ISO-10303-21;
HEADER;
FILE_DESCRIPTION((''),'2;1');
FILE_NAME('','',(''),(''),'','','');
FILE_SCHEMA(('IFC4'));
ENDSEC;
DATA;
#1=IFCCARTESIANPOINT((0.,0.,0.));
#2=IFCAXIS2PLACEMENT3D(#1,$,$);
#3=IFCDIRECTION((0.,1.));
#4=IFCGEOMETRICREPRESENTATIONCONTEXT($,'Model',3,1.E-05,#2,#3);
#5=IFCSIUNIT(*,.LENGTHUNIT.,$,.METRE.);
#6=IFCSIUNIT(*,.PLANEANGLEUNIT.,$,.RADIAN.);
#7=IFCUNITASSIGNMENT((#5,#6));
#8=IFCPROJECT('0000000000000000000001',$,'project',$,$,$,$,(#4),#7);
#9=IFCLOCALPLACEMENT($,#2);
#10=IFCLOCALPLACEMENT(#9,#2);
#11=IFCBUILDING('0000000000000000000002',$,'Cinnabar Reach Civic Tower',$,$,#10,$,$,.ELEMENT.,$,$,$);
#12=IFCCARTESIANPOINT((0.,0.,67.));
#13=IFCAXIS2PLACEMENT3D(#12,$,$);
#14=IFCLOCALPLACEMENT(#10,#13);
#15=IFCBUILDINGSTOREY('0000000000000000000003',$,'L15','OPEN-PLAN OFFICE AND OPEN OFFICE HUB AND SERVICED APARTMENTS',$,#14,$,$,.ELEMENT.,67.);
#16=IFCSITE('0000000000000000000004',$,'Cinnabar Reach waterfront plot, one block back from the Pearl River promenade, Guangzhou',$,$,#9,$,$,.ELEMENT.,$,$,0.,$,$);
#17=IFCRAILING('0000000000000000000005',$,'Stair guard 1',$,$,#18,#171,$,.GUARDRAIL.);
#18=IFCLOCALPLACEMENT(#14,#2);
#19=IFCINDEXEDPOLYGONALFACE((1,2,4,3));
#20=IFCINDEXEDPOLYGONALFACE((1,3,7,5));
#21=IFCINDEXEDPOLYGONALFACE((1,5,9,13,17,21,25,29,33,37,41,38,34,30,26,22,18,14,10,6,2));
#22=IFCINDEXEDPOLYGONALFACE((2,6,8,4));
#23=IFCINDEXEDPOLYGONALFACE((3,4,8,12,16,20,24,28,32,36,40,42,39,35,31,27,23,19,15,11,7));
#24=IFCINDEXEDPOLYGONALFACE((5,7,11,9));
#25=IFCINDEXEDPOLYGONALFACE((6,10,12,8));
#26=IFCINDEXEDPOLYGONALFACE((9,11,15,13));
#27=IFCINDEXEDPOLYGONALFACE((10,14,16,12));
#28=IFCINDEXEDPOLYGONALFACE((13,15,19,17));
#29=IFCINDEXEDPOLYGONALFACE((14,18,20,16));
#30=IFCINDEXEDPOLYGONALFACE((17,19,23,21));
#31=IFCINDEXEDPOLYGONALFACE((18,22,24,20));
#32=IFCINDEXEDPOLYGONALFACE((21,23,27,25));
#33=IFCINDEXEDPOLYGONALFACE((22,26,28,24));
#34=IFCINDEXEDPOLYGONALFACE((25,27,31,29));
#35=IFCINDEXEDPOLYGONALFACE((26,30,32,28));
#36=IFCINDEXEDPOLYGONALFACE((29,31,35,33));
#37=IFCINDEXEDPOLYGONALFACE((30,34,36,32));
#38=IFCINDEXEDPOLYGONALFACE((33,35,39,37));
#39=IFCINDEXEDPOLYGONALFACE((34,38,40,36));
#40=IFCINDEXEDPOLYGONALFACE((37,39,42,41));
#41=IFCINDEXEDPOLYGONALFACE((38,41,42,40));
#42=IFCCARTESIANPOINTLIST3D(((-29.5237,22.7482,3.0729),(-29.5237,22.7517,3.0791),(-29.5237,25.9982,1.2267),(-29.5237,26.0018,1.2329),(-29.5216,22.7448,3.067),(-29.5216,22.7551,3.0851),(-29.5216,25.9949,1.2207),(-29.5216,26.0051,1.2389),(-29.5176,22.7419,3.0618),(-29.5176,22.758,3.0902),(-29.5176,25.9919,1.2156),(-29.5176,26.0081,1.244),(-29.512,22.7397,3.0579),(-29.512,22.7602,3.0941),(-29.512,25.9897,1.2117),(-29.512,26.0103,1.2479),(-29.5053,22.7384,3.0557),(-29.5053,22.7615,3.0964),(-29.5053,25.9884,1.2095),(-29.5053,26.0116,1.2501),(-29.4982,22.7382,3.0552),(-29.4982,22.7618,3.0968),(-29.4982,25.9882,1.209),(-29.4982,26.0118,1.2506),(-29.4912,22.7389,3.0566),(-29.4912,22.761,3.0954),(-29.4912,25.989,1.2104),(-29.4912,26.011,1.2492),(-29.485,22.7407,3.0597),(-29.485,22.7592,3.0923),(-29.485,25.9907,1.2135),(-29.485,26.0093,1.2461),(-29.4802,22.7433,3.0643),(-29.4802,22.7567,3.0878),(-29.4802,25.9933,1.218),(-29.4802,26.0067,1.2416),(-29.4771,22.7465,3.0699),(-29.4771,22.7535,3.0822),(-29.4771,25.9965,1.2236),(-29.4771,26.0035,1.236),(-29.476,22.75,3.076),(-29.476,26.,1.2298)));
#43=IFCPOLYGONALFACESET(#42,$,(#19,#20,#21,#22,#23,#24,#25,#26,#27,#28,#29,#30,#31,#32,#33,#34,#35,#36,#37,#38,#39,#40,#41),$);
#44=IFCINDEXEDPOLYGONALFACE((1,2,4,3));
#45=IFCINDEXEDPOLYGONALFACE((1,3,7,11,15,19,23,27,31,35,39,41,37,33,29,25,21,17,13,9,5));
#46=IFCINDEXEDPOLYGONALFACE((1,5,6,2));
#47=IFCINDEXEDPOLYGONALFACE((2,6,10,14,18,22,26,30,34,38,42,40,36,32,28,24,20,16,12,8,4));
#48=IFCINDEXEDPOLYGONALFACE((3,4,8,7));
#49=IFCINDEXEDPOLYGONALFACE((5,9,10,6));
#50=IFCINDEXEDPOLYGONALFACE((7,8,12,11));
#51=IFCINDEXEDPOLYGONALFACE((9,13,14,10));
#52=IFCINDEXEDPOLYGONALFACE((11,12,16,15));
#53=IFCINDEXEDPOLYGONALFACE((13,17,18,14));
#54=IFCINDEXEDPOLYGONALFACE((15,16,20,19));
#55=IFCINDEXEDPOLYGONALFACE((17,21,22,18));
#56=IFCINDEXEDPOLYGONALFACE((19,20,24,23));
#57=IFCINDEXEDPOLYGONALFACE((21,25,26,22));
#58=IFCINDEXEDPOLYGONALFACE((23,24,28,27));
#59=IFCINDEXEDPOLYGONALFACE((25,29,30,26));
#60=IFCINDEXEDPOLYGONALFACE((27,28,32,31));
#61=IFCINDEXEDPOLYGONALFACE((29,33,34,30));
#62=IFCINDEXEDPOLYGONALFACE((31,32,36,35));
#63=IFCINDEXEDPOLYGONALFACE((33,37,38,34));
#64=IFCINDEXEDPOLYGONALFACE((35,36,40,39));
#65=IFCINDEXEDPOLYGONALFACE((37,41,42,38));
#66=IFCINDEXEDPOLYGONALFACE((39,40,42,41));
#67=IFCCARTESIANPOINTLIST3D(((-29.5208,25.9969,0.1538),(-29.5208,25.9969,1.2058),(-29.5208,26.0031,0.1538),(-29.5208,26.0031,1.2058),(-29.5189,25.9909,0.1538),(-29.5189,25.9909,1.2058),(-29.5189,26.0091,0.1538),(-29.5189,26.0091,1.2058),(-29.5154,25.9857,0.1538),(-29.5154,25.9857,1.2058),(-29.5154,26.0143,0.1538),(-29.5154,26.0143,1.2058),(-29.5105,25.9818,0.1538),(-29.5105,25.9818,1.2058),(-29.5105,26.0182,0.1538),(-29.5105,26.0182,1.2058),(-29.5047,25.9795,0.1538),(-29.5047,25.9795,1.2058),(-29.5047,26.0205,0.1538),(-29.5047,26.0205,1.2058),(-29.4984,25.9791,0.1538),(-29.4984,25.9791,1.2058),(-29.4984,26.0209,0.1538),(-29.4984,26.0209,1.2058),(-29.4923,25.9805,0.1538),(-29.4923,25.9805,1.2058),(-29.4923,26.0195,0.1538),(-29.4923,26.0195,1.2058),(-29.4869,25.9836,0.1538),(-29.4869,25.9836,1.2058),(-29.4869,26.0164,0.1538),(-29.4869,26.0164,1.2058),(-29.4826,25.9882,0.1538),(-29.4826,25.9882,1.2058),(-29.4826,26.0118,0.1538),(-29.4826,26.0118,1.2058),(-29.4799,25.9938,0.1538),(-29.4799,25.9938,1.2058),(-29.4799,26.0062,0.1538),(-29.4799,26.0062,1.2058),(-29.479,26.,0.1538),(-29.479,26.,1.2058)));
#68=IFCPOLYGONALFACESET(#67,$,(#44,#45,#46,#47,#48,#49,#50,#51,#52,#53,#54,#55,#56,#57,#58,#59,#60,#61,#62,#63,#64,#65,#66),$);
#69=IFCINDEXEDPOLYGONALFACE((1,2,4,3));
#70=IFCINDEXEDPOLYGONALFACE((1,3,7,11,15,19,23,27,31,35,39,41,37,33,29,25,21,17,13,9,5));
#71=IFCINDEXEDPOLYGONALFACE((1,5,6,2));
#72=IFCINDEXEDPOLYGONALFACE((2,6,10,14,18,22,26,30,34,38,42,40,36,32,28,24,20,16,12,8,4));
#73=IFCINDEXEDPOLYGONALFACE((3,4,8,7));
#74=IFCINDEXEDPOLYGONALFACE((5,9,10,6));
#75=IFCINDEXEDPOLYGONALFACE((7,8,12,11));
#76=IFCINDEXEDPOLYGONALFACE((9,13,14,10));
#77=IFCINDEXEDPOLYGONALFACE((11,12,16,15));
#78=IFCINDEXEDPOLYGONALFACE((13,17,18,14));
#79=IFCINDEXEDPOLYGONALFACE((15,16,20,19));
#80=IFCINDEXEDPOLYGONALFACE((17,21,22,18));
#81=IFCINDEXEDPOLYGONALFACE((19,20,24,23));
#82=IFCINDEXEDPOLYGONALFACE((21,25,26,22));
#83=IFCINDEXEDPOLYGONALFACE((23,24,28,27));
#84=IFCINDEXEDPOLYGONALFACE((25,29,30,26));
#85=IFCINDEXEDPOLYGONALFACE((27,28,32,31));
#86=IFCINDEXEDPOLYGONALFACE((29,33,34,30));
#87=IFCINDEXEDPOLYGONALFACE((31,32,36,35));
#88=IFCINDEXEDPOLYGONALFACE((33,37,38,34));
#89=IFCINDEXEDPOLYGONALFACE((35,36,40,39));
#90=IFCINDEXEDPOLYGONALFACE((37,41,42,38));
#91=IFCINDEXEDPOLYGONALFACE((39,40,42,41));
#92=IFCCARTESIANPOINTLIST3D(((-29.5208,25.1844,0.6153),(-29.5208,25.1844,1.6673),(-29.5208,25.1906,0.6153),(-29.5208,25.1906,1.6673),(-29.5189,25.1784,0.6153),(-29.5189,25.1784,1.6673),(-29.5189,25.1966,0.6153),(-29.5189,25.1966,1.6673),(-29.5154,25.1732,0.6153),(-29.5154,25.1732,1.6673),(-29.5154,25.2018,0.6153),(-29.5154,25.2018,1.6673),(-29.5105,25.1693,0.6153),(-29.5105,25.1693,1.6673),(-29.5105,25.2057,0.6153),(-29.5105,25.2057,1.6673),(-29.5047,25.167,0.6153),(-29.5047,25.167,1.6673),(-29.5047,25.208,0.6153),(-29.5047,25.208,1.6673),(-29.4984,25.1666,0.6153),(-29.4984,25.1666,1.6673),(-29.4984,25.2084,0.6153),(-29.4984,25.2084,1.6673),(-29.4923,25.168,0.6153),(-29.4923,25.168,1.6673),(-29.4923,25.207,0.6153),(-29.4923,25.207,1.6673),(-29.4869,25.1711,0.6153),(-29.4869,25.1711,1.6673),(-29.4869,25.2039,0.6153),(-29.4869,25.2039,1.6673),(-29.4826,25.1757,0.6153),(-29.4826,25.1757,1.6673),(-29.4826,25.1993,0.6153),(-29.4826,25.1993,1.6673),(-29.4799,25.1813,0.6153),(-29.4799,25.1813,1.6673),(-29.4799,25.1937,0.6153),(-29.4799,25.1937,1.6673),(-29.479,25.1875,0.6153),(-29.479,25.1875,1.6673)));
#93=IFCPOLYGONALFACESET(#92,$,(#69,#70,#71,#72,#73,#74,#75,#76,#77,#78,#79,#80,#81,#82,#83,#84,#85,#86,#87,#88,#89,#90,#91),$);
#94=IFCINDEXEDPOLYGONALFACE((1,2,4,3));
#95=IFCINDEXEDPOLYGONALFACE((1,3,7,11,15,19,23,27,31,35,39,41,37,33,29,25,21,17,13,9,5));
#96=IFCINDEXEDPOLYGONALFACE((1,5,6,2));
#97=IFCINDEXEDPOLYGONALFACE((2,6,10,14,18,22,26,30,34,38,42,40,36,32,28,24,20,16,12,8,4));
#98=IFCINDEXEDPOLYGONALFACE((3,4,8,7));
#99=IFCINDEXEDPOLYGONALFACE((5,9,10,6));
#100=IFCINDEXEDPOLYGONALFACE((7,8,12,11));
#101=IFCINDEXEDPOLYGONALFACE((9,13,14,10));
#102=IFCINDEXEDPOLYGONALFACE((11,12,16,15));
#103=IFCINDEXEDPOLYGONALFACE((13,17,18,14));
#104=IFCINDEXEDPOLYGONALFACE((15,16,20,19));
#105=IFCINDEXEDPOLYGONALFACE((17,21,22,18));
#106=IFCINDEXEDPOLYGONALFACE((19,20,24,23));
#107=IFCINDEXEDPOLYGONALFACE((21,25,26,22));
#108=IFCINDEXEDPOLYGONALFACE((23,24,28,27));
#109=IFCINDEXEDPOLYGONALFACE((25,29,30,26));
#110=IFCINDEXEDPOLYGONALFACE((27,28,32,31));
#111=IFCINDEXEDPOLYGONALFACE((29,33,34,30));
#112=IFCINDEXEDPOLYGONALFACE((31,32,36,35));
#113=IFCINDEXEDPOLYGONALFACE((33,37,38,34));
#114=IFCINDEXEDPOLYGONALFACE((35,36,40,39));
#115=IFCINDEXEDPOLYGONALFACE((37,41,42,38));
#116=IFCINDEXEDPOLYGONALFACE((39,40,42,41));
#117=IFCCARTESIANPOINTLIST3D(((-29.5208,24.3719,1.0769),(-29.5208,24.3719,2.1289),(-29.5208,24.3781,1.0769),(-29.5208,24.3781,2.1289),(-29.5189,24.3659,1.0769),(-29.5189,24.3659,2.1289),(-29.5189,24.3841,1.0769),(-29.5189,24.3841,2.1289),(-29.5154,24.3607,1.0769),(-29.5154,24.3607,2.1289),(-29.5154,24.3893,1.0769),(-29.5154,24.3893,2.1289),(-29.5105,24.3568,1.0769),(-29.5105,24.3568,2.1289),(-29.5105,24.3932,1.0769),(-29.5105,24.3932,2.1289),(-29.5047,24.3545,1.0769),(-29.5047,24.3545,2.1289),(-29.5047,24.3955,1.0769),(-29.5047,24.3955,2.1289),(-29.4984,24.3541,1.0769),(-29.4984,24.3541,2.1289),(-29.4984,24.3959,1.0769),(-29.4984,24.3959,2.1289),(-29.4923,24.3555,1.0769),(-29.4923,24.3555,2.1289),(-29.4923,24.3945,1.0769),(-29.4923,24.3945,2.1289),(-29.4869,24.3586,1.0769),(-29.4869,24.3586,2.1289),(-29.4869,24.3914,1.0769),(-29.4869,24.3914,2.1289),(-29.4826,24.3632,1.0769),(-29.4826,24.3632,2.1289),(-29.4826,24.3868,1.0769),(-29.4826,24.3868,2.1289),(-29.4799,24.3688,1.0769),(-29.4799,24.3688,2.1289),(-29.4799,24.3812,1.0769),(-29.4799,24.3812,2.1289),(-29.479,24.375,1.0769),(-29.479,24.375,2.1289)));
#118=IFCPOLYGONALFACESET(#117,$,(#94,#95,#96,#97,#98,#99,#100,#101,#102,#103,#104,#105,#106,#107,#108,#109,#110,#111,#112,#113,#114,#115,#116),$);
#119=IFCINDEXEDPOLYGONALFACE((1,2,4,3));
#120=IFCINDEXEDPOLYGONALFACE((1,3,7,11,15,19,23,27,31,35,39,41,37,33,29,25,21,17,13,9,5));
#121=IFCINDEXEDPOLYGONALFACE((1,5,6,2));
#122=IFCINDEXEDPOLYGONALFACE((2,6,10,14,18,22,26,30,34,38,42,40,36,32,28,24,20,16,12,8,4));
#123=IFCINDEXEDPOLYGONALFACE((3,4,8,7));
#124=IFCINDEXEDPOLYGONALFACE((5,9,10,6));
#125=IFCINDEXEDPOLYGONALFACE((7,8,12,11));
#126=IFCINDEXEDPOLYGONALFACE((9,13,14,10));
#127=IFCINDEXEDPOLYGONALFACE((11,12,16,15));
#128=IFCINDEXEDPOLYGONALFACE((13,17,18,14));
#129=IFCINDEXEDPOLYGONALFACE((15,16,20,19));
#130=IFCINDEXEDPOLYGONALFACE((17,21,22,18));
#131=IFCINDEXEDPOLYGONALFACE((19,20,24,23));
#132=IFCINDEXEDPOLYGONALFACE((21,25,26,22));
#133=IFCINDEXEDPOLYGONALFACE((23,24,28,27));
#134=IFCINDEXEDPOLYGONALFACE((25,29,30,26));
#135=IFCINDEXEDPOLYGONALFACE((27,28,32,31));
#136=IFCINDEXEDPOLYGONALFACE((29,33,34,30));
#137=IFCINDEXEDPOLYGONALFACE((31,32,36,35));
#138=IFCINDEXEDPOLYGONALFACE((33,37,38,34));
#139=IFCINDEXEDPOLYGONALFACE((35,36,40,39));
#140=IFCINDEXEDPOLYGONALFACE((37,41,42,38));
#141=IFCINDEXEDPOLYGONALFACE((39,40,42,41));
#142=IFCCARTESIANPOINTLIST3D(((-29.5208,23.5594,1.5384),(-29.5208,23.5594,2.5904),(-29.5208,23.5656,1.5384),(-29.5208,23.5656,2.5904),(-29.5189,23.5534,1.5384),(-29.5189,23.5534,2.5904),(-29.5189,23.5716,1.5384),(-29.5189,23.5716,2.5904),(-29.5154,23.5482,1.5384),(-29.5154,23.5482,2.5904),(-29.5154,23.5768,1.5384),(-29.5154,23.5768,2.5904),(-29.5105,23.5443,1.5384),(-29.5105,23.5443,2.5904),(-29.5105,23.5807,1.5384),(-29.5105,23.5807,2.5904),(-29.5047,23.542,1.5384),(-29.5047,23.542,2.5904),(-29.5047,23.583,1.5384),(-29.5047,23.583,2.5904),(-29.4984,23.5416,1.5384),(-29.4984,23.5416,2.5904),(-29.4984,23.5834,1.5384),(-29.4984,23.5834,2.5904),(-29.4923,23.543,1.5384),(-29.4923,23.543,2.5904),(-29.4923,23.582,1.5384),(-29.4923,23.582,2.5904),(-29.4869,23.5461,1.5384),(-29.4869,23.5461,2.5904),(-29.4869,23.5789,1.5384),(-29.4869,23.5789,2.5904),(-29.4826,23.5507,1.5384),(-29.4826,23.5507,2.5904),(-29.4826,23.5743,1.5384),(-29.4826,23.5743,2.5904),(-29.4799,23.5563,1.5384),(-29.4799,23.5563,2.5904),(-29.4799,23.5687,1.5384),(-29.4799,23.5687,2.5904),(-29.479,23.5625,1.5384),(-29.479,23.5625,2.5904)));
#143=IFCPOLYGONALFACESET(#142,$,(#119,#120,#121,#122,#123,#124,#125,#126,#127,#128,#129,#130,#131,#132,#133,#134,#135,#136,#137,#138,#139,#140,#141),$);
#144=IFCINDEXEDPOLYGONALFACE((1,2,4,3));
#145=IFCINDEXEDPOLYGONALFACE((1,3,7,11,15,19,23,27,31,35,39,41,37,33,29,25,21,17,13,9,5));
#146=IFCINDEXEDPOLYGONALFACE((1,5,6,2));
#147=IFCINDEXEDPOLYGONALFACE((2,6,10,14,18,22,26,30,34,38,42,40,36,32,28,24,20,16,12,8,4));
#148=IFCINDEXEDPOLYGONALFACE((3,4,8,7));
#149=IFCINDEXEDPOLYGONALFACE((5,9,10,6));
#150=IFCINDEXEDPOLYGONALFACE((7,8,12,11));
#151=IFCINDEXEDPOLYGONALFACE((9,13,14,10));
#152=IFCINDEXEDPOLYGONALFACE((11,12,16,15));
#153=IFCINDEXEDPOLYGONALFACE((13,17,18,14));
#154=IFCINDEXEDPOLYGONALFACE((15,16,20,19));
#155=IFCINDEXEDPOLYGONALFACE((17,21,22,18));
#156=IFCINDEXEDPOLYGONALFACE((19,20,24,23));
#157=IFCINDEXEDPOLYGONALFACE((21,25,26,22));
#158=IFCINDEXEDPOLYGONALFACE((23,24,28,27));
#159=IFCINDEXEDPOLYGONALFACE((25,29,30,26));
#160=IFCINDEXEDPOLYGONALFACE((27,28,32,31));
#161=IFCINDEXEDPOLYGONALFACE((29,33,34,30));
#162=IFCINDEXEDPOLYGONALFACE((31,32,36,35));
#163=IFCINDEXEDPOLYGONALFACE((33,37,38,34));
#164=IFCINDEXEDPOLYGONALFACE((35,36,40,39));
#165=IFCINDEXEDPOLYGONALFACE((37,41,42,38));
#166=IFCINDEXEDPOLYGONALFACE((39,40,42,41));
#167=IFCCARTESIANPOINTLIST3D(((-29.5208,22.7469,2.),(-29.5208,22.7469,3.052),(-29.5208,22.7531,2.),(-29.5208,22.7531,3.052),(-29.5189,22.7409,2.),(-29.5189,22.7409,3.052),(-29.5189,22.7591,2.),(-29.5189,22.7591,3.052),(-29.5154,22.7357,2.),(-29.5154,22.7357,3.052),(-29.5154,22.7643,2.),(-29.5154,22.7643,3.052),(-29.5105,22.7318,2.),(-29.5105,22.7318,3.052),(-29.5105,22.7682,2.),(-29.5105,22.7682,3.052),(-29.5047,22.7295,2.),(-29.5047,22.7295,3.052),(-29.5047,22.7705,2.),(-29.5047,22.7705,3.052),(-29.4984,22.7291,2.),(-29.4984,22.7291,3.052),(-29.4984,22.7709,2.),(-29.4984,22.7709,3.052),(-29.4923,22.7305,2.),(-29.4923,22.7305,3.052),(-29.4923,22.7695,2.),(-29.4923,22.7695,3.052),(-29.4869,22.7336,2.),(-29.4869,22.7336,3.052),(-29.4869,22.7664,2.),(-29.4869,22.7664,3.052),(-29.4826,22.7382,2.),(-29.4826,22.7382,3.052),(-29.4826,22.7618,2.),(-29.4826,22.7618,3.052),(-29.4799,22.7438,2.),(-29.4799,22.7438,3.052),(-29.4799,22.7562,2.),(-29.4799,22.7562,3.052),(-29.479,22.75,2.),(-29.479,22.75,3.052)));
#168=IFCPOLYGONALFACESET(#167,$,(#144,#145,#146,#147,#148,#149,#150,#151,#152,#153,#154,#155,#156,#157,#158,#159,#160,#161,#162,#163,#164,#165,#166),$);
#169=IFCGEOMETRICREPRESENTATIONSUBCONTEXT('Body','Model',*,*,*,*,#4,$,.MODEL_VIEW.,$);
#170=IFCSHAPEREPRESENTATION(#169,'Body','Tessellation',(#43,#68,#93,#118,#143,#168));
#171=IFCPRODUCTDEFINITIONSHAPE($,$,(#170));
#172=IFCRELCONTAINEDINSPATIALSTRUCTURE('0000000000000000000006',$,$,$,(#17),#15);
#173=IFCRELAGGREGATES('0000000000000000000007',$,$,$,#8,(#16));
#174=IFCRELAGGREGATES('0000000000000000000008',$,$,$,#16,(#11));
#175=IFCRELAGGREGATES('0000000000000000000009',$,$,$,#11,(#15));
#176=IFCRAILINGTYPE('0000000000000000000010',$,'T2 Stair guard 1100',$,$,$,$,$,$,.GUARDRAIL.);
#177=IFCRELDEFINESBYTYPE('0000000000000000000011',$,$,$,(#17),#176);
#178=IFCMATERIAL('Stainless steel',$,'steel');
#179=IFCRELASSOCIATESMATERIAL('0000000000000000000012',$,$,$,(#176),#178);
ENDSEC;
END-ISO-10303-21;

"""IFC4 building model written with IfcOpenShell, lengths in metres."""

from ifc_helpers import new_model, si_unit, direction, frame, origin, origin_2d, place, context, subcontext, project, spatial, circle, extrude, material, type_object, element, save


model = new_model("IFC4")

# Units and contexts
model_context = context("Model", 3, precision=1e-05, world=origin(), true_north=direction((0.0, 1.0)))
body_context = subcontext(model_context, "Body", "Model", "MODEL_VIEW")
ifc_project = project(units=[si_unit("LENGTHUNIT", "METRE"), si_unit("PLANEANGLEUNIT", "RADIAN")], contexts=[model_context])

# Site, building, storey
site_placement = place(None, origin())
site = spatial("IfcSite", under=ifc_project, at=site_placement, Name="Cinnabar Reach waterfront plot, one block back from the Pearl River promenade, Guangzhou", CompositionType="ELEMENT", RefElevation=0.0)
building_placement = place(site_placement, origin())
building = spatial("IfcBuilding", under=site, at=building_placement, Name="Cinnabar Reach Civic Tower", CompositionType="ELEMENT")
storey_placement = place(building_placement, frame((0.0, 0.0, 67.0)))
storey = spatial("IfcBuildingStorey", under=building, at=storey_placement, Name="L15", Description="OPEN-PLAN OFFICE AND OPEN OFFICE HUB AND SERVICED APARTMENTS", CompositionType="ELEMENT", Elevation=67.0)

# Railing
ifc_material_1 = material(Name="Stainless steel", Category="steel")
railing_type = type_object("IfcRailingType", Name="T2 Stair guard 1100", PredefinedType="GUARDRAIL", material=ifc_material_1)
railing_1_placement = place(storey_placement, frame((-29.5, 26.0, 0.1538)))
element("IfcRailing", 1, at=railing_1_placement, inside=storey, type_object=railing_type, Name="Stair guard 1", PredefinedType="GUARDRAIL", context=body_context, shape_type="SweptSolid", body=[
    extrude(circle(Radius=0.024, at=origin_2d()), frame((0.0, 0.0, 1.076), z_axis=(0.0, -0.869501, 0.49393), x_axis=(1.0, 0.0, 0.0)), (0.0, 0.0, 1.0), 3.7378),
    extrude(circle(Radius=0.021, at=origin_2d()), origin(), (0.0, 0.0, 1.0), 1.052),
    extrude(circle(Radius=0.021, at=origin_2d()), frame((0.0, -0.8125, 0.4615)), (0.0, 0.0, 1.0), 1.052),
    extrude(circle(Radius=0.021, at=origin_2d()), frame((0.0, -1.625, 0.9231)), (0.0, 0.0, 1.0), 1.052),
    extrude(circle(Radius=0.021, at=origin_2d()), frame((0.0, -2.4375, 1.3846)), (0.0, 0.0, 1.0), 1.052),
    extrude(circle(Radius=0.021, at=origin_2d()), frame((0.0, -3.25, 1.8462)), (0.0, 0.0, 1.0), 1.052),
])

save(model, "model.ifc")
